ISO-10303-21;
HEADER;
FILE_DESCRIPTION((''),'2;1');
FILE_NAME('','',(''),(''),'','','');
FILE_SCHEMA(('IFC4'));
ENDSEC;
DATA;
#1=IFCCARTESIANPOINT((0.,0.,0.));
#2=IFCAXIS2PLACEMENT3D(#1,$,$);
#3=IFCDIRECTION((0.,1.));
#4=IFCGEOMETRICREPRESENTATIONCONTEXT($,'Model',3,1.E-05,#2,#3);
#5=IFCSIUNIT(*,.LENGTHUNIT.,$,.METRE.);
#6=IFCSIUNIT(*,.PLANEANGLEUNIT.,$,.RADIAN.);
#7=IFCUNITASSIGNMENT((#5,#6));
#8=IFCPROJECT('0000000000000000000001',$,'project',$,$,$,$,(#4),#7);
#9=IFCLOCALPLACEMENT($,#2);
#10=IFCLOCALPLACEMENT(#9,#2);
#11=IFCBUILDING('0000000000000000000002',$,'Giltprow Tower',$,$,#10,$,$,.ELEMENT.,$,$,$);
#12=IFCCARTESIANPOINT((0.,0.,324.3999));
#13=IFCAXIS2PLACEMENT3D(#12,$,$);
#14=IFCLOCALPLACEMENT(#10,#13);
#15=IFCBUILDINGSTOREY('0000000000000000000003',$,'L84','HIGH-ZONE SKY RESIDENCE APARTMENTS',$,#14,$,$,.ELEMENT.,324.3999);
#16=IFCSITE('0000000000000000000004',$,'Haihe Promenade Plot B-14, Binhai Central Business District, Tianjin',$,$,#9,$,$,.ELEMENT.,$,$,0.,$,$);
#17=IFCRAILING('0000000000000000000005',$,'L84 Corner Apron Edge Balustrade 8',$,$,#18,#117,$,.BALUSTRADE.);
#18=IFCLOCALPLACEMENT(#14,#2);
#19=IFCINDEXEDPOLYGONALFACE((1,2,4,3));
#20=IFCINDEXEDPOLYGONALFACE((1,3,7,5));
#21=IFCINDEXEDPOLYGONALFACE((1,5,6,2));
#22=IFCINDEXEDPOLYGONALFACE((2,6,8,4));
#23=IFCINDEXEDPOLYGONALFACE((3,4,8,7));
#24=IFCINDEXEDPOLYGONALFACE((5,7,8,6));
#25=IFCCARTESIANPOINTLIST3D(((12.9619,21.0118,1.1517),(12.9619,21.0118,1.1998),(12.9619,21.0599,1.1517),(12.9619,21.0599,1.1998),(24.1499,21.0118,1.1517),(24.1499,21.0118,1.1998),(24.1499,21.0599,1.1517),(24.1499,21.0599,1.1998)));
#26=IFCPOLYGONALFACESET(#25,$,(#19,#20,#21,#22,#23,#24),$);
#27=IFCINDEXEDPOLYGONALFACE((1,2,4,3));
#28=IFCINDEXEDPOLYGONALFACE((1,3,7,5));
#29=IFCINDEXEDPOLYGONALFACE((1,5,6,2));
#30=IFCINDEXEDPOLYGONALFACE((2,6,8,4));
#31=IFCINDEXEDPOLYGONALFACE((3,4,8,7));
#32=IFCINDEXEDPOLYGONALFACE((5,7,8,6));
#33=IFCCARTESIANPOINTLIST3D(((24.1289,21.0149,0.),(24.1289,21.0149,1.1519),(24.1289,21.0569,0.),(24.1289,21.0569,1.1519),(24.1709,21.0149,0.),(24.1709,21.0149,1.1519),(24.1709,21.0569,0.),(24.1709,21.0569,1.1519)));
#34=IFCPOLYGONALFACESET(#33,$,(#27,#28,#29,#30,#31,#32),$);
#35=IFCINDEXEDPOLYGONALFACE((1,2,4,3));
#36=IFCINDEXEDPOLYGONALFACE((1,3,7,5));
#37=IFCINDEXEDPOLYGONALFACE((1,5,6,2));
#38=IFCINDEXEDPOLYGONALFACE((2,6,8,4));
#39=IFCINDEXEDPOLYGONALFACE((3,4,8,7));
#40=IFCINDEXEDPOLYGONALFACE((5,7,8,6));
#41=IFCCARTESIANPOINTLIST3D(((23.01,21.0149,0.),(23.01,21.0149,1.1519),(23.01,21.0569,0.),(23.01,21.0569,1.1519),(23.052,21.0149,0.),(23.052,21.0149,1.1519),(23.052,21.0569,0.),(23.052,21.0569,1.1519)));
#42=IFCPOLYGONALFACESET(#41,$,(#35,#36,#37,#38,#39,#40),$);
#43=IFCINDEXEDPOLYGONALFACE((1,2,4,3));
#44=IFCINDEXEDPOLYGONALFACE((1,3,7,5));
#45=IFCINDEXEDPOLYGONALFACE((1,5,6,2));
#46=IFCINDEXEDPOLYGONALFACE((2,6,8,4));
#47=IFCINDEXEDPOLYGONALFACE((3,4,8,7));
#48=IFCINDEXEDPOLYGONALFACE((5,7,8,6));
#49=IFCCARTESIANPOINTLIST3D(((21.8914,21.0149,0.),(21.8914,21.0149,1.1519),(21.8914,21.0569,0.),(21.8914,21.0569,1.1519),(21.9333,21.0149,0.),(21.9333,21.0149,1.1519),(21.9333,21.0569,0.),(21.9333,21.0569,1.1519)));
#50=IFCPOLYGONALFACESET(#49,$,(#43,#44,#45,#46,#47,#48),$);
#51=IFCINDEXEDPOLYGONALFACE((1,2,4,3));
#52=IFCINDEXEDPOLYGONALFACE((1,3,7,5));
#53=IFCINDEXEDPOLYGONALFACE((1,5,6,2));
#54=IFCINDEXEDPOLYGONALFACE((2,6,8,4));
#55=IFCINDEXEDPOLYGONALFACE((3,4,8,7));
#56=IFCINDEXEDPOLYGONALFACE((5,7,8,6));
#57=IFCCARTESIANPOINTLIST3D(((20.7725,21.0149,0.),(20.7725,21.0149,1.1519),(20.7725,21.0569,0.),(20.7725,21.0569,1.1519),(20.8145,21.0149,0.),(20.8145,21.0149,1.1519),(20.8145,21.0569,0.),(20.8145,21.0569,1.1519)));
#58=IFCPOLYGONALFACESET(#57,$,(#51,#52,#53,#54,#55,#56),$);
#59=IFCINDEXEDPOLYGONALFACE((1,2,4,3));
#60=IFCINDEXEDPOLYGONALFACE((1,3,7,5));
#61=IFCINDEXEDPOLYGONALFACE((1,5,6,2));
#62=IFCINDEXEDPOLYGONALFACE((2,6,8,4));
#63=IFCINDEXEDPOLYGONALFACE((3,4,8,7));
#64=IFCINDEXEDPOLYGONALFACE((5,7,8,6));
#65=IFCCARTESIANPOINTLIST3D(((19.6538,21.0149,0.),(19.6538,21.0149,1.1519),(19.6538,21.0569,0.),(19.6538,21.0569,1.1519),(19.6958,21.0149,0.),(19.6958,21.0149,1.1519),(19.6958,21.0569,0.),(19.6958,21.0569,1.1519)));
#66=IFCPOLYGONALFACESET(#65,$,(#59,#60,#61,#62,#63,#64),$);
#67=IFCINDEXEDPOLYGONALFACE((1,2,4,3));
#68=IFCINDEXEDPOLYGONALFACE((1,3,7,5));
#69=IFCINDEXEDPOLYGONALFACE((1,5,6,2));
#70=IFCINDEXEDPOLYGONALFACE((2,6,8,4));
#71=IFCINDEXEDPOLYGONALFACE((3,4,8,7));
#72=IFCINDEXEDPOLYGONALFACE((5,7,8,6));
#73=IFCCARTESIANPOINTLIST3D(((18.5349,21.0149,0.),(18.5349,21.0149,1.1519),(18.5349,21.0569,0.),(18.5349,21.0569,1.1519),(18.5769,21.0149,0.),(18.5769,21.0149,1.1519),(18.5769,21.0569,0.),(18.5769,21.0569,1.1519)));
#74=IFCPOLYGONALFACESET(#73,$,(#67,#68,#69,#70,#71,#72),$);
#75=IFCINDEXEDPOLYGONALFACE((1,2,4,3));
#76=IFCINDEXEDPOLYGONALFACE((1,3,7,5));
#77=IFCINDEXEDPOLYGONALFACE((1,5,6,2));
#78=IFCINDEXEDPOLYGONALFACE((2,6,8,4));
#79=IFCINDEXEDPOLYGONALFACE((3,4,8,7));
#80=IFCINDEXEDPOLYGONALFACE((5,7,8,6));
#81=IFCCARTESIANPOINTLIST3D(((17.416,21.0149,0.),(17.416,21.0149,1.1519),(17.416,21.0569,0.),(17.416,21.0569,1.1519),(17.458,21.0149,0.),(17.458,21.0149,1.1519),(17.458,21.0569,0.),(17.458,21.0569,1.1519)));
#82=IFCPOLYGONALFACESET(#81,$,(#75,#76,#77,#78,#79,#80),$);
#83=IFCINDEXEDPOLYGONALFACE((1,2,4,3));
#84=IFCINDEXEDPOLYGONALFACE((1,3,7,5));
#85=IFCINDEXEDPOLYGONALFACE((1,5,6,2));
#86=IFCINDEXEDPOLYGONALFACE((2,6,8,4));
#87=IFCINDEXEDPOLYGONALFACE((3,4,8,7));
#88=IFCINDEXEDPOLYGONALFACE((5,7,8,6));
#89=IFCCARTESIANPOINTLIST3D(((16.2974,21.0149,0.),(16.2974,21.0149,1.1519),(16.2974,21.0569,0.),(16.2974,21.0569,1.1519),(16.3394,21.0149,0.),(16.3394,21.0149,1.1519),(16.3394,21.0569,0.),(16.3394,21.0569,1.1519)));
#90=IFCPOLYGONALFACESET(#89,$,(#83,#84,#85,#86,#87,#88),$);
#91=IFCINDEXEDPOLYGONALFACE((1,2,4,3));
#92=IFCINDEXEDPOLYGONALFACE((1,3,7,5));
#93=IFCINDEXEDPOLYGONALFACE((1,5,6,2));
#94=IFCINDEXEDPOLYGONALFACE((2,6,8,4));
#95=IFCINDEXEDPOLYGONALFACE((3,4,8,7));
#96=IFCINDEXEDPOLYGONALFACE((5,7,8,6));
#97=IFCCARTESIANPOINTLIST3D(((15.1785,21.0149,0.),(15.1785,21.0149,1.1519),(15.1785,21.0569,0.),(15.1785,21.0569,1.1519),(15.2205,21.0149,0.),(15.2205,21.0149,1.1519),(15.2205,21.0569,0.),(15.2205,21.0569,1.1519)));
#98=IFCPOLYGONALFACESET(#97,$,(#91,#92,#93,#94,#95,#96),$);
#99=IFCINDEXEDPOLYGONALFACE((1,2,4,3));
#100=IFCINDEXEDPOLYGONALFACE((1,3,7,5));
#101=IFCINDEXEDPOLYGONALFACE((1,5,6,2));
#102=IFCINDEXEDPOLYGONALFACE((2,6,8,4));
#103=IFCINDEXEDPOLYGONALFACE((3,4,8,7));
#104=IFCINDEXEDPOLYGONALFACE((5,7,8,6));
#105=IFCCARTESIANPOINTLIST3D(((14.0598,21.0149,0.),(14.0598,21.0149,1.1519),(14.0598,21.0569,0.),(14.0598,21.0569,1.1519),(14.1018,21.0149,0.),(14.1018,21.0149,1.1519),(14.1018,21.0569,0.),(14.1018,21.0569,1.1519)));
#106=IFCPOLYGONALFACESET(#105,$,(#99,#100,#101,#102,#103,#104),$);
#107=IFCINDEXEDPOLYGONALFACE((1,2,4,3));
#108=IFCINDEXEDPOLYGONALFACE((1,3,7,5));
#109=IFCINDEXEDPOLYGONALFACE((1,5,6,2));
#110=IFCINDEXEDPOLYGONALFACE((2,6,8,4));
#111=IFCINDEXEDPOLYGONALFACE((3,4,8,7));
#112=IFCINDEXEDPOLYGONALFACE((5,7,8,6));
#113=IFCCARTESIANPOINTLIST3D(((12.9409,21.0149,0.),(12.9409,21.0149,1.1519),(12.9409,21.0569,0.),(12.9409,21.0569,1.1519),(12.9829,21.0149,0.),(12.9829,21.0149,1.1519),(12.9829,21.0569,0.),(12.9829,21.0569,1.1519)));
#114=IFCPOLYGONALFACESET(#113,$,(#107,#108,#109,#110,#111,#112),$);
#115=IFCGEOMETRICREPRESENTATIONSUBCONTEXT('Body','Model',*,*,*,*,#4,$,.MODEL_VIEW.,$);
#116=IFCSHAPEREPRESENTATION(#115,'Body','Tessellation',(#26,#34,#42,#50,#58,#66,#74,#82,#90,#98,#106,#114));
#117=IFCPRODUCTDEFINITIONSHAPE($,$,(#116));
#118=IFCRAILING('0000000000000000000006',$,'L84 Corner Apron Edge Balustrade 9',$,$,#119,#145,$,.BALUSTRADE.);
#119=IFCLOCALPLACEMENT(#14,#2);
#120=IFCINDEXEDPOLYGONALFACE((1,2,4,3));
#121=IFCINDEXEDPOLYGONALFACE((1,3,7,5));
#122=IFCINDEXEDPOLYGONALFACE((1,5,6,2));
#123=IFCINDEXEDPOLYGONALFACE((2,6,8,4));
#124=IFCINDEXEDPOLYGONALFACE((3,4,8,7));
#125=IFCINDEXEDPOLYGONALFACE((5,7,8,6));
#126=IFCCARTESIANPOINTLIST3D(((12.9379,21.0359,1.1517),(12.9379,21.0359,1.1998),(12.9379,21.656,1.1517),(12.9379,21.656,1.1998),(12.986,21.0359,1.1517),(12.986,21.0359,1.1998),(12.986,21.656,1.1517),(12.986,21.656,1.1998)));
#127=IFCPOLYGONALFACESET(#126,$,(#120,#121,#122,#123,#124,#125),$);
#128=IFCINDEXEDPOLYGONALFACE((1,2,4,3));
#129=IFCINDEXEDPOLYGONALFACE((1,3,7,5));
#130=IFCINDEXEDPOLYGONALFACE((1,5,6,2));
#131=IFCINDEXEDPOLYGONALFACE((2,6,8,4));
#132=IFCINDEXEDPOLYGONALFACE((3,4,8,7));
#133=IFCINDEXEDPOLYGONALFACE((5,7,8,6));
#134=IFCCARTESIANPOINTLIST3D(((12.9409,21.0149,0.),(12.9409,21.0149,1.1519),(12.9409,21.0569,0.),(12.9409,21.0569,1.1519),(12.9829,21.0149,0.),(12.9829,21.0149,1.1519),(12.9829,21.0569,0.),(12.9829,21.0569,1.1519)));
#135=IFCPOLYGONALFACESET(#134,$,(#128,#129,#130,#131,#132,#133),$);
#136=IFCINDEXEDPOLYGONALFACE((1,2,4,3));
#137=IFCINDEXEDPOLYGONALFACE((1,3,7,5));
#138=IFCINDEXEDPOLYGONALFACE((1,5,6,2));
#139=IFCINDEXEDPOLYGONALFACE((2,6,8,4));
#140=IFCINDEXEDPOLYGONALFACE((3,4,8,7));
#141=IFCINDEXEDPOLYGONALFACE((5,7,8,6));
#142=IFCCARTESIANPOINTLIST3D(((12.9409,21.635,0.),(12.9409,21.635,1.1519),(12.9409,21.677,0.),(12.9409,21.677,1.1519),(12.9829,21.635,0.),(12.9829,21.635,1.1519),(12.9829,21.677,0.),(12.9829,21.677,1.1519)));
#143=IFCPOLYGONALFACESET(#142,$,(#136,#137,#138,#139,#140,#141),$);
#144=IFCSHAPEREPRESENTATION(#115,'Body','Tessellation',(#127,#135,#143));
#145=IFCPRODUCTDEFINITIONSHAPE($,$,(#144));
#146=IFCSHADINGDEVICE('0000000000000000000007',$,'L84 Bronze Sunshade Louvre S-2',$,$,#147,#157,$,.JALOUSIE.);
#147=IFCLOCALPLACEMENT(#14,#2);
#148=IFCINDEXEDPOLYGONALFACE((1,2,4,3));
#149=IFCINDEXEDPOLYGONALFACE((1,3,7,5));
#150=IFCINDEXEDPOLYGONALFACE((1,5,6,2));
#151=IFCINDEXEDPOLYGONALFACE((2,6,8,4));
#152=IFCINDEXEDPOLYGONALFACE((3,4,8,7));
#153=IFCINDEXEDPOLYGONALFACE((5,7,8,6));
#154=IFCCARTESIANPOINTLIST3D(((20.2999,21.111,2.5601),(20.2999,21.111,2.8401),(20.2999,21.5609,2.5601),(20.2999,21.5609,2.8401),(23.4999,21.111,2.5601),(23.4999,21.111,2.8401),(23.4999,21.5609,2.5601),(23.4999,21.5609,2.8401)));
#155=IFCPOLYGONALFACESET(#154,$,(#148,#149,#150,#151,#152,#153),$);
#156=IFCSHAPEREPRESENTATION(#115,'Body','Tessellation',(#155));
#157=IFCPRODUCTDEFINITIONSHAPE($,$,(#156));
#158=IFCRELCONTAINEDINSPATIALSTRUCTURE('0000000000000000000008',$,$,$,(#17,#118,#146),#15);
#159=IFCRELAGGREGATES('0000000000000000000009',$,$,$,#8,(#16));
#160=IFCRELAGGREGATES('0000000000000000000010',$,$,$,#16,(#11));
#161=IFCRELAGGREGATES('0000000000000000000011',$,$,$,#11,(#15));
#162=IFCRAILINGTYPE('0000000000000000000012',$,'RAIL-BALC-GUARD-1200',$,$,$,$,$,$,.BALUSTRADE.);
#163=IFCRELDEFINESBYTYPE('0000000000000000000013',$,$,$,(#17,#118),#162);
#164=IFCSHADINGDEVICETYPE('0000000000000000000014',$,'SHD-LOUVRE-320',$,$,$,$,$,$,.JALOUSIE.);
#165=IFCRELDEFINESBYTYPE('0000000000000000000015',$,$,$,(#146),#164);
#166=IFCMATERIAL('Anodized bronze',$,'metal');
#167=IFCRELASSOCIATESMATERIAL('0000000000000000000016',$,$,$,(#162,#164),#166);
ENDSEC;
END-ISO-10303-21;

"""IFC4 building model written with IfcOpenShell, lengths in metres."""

from ifc_helpers import new_model, si_unit, direction, frame, origin, origin_2d, place, context, subcontext, project, spatial, rectangle, extrude, source, transform, mapped, material, type_object, element, save


model = new_model("IFC4")

# Units and contexts
model_context = context("Model", 3, precision=1e-05, world=origin(), true_north=direction((0.0, 1.0)))
body_context = subcontext(model_context, "Body", "Model", "MODEL_VIEW")
ifc_project = project(units=[si_unit("LENGTHUNIT", "METRE"), si_unit("PLANEANGLEUNIT", "RADIAN")], contexts=[model_context])

# Site, building, storey
site_placement = place(None, origin())
site = spatial("IfcSite", under=ifc_project, at=site_placement, Name="Haihe Promenade Plot B-14, Binhai Central Business District, Tianjin", CompositionType="ELEMENT", RefElevation=0.0)
building_placement = place(site_placement, origin())
building = spatial("IfcBuilding", under=site, at=building_placement, Name="Giltprow Tower", CompositionType="ELEMENT")
storey_placement = place(building_placement, frame((0.0, 0.0, 324.3999)))
storey = spatial("IfcBuildingStorey", under=building, at=storey_placement, Name="L84", Description="HIGH-ZONE SKY RESIDENCE APARTMENTS", CompositionType="ELEMENT", Elevation=324.3999)

# Shared definitions
ifc_material_1 = material(Name="Anodized bronze", Category="metal")

# Railings
railing_type = type_object("IfcRailingType", Name="RAIL-BALC-GUARD-1200", PredefinedType="BALUSTRADE", material=ifc_material_1)
railing_1_placement = place(storey_placement, frame((24.1499, 21.0359, 0.0)))
element("IfcRailing", 1, at=railing_1_placement, inside=storey, type_object=railing_type, Name="L84 Corner Apron Edge Balustrade 8", PredefinedType="BALUSTRADE", context=body_context, shape_type="SweptSolid", body=[
    extrude(rectangle(XDim=0.0481, YDim=0.0481, at=origin_2d()), frame((0.0, 0.0, 1.1758), z_axis=(-1.0, 0.0, 0.0), x_axis=(0.0, -1.0, 0.0)), (0.0, 0.0, 1.0), 11.188),
    extrude(rectangle(XDim=0.042, YDim=0.042, at=origin_2d()), origin(), (0.0, 0.0, 1.0), 1.1519),
    extrude(rectangle(XDim=0.042, YDim=0.042, at=origin_2d()), frame((-1.1189, 0.0, 0.0)), (0.0, 0.0, 1.0), 1.1519),
    extrude(rectangle(XDim=0.042, YDim=0.042, at=origin_2d()), frame((-2.2375, 0.0, 0.0)), (0.0, 0.0, 1.0), 1.1519),
    extrude(rectangle(XDim=0.042, YDim=0.042, at=origin_2d()), frame((-3.3564, 0.0, 0.0)), (0.0, 0.0, 1.0), 1.1519),
    extrude(rectangle(XDim=0.042, YDim=0.042, at=origin_2d()), frame((-4.4751, 0.0, 0.0)), (0.0, 0.0, 1.0), 1.1519),
    extrude(rectangle(XDim=0.042, YDim=0.042, at=origin_2d()), frame((-5.594, 0.0, 0.0)), (0.0, 0.0, 1.0), 1.1519),
    extrude(rectangle(XDim=0.042, YDim=0.042, at=origin_2d()), frame((-6.7129, 0.0, 0.0)), (0.0, 0.0, 1.0), 1.1519),
    extrude(rectangle(XDim=0.042, YDim=0.042, at=origin_2d()), frame((-7.8315, 0.0, 0.0)), (0.0, 0.0, 1.0), 1.1519),
    extrude(rectangle(XDim=0.042, YDim=0.042, at=origin_2d()), frame((-8.9504, 0.0, 0.0)), (0.0, 0.0, 1.0), 1.1519),
    extrude(rectangle(XDim=0.042, YDim=0.042, at=origin_2d()), frame((-10.0691, 0.0, 0.0)), (0.0, 0.0, 1.0), 1.1519),
    extrude(rectangle(XDim=0.042, YDim=0.042, at=origin_2d()), frame((-11.188, 0.0, 0.0)), (0.0, 0.0, 1.0), 1.1519),
])
railing_2_placement = place(storey_placement, frame((12.9619, 21.0359, 0.0)))
element("IfcRailing", 2, at=railing_2_placement, inside=storey, type_object=railing_type, Name="L84 Corner Apron Edge Balustrade 9", PredefinedType="BALUSTRADE", context=body_context, shape_type="SweptSolid", body=[
    extrude(rectangle(XDim=0.0481, YDim=0.0481, at=origin_2d()), frame((0.0, 0.0, 1.1758), z_axis=(0.0, 1.0, 0.0), x_axis=(-1.0, 0.0, 0.0)), (0.0, 0.0, 1.0), 0.6201),
    extrude(rectangle(XDim=0.042, YDim=0.042, at=origin_2d()), origin(), (0.0, 0.0, 1.0), 1.1519),
    extrude(rectangle(XDim=0.042, YDim=0.042, at=origin_2d()), frame((0.0, 0.6201, 0.0)), (0.0, 0.0, 1.0), 1.1519),
])

# Shading device
shading_device_type = type_object("IfcShadingDeviceType", Name="SHD-LOUVRE-320", PredefinedType="JALOUSIE", material=ifc_material_1)
shared_shape_1 = source(origin(), body_context, "Body", "SweptSolid", [
    extrude(rectangle(XDim=3.2, YDim=0.45, at=origin_2d()), origin(), (0.0, 0.0, 1.0), 0.28),
])
shading_device_placement = place(storey_placement, frame((21.8999, 21.3359, 2.5601), z_axis=(0.0, 0.0, 1.0), x_axis=(1.0, 0.0, 0.0)))
element("IfcShadingDevice", 3, at=shading_device_placement, inside=storey, type_object=shading_device_type, Name="L84 Bronze Sunshade Louvre S-2", PredefinedType="JALOUSIE", context=body_context, shape_type="MappedRepresentation", body=[
    mapped(shared_shape_1, transform((0.0, 0.0, 0.0), x_axis=(1.0, 0.0, 0.0), y_axis=(0.0, 1.0, 0.0), z_axis=(0.0, 0.0, 1.0), scale=1.0)),
])

save(model, "model.ifc")
